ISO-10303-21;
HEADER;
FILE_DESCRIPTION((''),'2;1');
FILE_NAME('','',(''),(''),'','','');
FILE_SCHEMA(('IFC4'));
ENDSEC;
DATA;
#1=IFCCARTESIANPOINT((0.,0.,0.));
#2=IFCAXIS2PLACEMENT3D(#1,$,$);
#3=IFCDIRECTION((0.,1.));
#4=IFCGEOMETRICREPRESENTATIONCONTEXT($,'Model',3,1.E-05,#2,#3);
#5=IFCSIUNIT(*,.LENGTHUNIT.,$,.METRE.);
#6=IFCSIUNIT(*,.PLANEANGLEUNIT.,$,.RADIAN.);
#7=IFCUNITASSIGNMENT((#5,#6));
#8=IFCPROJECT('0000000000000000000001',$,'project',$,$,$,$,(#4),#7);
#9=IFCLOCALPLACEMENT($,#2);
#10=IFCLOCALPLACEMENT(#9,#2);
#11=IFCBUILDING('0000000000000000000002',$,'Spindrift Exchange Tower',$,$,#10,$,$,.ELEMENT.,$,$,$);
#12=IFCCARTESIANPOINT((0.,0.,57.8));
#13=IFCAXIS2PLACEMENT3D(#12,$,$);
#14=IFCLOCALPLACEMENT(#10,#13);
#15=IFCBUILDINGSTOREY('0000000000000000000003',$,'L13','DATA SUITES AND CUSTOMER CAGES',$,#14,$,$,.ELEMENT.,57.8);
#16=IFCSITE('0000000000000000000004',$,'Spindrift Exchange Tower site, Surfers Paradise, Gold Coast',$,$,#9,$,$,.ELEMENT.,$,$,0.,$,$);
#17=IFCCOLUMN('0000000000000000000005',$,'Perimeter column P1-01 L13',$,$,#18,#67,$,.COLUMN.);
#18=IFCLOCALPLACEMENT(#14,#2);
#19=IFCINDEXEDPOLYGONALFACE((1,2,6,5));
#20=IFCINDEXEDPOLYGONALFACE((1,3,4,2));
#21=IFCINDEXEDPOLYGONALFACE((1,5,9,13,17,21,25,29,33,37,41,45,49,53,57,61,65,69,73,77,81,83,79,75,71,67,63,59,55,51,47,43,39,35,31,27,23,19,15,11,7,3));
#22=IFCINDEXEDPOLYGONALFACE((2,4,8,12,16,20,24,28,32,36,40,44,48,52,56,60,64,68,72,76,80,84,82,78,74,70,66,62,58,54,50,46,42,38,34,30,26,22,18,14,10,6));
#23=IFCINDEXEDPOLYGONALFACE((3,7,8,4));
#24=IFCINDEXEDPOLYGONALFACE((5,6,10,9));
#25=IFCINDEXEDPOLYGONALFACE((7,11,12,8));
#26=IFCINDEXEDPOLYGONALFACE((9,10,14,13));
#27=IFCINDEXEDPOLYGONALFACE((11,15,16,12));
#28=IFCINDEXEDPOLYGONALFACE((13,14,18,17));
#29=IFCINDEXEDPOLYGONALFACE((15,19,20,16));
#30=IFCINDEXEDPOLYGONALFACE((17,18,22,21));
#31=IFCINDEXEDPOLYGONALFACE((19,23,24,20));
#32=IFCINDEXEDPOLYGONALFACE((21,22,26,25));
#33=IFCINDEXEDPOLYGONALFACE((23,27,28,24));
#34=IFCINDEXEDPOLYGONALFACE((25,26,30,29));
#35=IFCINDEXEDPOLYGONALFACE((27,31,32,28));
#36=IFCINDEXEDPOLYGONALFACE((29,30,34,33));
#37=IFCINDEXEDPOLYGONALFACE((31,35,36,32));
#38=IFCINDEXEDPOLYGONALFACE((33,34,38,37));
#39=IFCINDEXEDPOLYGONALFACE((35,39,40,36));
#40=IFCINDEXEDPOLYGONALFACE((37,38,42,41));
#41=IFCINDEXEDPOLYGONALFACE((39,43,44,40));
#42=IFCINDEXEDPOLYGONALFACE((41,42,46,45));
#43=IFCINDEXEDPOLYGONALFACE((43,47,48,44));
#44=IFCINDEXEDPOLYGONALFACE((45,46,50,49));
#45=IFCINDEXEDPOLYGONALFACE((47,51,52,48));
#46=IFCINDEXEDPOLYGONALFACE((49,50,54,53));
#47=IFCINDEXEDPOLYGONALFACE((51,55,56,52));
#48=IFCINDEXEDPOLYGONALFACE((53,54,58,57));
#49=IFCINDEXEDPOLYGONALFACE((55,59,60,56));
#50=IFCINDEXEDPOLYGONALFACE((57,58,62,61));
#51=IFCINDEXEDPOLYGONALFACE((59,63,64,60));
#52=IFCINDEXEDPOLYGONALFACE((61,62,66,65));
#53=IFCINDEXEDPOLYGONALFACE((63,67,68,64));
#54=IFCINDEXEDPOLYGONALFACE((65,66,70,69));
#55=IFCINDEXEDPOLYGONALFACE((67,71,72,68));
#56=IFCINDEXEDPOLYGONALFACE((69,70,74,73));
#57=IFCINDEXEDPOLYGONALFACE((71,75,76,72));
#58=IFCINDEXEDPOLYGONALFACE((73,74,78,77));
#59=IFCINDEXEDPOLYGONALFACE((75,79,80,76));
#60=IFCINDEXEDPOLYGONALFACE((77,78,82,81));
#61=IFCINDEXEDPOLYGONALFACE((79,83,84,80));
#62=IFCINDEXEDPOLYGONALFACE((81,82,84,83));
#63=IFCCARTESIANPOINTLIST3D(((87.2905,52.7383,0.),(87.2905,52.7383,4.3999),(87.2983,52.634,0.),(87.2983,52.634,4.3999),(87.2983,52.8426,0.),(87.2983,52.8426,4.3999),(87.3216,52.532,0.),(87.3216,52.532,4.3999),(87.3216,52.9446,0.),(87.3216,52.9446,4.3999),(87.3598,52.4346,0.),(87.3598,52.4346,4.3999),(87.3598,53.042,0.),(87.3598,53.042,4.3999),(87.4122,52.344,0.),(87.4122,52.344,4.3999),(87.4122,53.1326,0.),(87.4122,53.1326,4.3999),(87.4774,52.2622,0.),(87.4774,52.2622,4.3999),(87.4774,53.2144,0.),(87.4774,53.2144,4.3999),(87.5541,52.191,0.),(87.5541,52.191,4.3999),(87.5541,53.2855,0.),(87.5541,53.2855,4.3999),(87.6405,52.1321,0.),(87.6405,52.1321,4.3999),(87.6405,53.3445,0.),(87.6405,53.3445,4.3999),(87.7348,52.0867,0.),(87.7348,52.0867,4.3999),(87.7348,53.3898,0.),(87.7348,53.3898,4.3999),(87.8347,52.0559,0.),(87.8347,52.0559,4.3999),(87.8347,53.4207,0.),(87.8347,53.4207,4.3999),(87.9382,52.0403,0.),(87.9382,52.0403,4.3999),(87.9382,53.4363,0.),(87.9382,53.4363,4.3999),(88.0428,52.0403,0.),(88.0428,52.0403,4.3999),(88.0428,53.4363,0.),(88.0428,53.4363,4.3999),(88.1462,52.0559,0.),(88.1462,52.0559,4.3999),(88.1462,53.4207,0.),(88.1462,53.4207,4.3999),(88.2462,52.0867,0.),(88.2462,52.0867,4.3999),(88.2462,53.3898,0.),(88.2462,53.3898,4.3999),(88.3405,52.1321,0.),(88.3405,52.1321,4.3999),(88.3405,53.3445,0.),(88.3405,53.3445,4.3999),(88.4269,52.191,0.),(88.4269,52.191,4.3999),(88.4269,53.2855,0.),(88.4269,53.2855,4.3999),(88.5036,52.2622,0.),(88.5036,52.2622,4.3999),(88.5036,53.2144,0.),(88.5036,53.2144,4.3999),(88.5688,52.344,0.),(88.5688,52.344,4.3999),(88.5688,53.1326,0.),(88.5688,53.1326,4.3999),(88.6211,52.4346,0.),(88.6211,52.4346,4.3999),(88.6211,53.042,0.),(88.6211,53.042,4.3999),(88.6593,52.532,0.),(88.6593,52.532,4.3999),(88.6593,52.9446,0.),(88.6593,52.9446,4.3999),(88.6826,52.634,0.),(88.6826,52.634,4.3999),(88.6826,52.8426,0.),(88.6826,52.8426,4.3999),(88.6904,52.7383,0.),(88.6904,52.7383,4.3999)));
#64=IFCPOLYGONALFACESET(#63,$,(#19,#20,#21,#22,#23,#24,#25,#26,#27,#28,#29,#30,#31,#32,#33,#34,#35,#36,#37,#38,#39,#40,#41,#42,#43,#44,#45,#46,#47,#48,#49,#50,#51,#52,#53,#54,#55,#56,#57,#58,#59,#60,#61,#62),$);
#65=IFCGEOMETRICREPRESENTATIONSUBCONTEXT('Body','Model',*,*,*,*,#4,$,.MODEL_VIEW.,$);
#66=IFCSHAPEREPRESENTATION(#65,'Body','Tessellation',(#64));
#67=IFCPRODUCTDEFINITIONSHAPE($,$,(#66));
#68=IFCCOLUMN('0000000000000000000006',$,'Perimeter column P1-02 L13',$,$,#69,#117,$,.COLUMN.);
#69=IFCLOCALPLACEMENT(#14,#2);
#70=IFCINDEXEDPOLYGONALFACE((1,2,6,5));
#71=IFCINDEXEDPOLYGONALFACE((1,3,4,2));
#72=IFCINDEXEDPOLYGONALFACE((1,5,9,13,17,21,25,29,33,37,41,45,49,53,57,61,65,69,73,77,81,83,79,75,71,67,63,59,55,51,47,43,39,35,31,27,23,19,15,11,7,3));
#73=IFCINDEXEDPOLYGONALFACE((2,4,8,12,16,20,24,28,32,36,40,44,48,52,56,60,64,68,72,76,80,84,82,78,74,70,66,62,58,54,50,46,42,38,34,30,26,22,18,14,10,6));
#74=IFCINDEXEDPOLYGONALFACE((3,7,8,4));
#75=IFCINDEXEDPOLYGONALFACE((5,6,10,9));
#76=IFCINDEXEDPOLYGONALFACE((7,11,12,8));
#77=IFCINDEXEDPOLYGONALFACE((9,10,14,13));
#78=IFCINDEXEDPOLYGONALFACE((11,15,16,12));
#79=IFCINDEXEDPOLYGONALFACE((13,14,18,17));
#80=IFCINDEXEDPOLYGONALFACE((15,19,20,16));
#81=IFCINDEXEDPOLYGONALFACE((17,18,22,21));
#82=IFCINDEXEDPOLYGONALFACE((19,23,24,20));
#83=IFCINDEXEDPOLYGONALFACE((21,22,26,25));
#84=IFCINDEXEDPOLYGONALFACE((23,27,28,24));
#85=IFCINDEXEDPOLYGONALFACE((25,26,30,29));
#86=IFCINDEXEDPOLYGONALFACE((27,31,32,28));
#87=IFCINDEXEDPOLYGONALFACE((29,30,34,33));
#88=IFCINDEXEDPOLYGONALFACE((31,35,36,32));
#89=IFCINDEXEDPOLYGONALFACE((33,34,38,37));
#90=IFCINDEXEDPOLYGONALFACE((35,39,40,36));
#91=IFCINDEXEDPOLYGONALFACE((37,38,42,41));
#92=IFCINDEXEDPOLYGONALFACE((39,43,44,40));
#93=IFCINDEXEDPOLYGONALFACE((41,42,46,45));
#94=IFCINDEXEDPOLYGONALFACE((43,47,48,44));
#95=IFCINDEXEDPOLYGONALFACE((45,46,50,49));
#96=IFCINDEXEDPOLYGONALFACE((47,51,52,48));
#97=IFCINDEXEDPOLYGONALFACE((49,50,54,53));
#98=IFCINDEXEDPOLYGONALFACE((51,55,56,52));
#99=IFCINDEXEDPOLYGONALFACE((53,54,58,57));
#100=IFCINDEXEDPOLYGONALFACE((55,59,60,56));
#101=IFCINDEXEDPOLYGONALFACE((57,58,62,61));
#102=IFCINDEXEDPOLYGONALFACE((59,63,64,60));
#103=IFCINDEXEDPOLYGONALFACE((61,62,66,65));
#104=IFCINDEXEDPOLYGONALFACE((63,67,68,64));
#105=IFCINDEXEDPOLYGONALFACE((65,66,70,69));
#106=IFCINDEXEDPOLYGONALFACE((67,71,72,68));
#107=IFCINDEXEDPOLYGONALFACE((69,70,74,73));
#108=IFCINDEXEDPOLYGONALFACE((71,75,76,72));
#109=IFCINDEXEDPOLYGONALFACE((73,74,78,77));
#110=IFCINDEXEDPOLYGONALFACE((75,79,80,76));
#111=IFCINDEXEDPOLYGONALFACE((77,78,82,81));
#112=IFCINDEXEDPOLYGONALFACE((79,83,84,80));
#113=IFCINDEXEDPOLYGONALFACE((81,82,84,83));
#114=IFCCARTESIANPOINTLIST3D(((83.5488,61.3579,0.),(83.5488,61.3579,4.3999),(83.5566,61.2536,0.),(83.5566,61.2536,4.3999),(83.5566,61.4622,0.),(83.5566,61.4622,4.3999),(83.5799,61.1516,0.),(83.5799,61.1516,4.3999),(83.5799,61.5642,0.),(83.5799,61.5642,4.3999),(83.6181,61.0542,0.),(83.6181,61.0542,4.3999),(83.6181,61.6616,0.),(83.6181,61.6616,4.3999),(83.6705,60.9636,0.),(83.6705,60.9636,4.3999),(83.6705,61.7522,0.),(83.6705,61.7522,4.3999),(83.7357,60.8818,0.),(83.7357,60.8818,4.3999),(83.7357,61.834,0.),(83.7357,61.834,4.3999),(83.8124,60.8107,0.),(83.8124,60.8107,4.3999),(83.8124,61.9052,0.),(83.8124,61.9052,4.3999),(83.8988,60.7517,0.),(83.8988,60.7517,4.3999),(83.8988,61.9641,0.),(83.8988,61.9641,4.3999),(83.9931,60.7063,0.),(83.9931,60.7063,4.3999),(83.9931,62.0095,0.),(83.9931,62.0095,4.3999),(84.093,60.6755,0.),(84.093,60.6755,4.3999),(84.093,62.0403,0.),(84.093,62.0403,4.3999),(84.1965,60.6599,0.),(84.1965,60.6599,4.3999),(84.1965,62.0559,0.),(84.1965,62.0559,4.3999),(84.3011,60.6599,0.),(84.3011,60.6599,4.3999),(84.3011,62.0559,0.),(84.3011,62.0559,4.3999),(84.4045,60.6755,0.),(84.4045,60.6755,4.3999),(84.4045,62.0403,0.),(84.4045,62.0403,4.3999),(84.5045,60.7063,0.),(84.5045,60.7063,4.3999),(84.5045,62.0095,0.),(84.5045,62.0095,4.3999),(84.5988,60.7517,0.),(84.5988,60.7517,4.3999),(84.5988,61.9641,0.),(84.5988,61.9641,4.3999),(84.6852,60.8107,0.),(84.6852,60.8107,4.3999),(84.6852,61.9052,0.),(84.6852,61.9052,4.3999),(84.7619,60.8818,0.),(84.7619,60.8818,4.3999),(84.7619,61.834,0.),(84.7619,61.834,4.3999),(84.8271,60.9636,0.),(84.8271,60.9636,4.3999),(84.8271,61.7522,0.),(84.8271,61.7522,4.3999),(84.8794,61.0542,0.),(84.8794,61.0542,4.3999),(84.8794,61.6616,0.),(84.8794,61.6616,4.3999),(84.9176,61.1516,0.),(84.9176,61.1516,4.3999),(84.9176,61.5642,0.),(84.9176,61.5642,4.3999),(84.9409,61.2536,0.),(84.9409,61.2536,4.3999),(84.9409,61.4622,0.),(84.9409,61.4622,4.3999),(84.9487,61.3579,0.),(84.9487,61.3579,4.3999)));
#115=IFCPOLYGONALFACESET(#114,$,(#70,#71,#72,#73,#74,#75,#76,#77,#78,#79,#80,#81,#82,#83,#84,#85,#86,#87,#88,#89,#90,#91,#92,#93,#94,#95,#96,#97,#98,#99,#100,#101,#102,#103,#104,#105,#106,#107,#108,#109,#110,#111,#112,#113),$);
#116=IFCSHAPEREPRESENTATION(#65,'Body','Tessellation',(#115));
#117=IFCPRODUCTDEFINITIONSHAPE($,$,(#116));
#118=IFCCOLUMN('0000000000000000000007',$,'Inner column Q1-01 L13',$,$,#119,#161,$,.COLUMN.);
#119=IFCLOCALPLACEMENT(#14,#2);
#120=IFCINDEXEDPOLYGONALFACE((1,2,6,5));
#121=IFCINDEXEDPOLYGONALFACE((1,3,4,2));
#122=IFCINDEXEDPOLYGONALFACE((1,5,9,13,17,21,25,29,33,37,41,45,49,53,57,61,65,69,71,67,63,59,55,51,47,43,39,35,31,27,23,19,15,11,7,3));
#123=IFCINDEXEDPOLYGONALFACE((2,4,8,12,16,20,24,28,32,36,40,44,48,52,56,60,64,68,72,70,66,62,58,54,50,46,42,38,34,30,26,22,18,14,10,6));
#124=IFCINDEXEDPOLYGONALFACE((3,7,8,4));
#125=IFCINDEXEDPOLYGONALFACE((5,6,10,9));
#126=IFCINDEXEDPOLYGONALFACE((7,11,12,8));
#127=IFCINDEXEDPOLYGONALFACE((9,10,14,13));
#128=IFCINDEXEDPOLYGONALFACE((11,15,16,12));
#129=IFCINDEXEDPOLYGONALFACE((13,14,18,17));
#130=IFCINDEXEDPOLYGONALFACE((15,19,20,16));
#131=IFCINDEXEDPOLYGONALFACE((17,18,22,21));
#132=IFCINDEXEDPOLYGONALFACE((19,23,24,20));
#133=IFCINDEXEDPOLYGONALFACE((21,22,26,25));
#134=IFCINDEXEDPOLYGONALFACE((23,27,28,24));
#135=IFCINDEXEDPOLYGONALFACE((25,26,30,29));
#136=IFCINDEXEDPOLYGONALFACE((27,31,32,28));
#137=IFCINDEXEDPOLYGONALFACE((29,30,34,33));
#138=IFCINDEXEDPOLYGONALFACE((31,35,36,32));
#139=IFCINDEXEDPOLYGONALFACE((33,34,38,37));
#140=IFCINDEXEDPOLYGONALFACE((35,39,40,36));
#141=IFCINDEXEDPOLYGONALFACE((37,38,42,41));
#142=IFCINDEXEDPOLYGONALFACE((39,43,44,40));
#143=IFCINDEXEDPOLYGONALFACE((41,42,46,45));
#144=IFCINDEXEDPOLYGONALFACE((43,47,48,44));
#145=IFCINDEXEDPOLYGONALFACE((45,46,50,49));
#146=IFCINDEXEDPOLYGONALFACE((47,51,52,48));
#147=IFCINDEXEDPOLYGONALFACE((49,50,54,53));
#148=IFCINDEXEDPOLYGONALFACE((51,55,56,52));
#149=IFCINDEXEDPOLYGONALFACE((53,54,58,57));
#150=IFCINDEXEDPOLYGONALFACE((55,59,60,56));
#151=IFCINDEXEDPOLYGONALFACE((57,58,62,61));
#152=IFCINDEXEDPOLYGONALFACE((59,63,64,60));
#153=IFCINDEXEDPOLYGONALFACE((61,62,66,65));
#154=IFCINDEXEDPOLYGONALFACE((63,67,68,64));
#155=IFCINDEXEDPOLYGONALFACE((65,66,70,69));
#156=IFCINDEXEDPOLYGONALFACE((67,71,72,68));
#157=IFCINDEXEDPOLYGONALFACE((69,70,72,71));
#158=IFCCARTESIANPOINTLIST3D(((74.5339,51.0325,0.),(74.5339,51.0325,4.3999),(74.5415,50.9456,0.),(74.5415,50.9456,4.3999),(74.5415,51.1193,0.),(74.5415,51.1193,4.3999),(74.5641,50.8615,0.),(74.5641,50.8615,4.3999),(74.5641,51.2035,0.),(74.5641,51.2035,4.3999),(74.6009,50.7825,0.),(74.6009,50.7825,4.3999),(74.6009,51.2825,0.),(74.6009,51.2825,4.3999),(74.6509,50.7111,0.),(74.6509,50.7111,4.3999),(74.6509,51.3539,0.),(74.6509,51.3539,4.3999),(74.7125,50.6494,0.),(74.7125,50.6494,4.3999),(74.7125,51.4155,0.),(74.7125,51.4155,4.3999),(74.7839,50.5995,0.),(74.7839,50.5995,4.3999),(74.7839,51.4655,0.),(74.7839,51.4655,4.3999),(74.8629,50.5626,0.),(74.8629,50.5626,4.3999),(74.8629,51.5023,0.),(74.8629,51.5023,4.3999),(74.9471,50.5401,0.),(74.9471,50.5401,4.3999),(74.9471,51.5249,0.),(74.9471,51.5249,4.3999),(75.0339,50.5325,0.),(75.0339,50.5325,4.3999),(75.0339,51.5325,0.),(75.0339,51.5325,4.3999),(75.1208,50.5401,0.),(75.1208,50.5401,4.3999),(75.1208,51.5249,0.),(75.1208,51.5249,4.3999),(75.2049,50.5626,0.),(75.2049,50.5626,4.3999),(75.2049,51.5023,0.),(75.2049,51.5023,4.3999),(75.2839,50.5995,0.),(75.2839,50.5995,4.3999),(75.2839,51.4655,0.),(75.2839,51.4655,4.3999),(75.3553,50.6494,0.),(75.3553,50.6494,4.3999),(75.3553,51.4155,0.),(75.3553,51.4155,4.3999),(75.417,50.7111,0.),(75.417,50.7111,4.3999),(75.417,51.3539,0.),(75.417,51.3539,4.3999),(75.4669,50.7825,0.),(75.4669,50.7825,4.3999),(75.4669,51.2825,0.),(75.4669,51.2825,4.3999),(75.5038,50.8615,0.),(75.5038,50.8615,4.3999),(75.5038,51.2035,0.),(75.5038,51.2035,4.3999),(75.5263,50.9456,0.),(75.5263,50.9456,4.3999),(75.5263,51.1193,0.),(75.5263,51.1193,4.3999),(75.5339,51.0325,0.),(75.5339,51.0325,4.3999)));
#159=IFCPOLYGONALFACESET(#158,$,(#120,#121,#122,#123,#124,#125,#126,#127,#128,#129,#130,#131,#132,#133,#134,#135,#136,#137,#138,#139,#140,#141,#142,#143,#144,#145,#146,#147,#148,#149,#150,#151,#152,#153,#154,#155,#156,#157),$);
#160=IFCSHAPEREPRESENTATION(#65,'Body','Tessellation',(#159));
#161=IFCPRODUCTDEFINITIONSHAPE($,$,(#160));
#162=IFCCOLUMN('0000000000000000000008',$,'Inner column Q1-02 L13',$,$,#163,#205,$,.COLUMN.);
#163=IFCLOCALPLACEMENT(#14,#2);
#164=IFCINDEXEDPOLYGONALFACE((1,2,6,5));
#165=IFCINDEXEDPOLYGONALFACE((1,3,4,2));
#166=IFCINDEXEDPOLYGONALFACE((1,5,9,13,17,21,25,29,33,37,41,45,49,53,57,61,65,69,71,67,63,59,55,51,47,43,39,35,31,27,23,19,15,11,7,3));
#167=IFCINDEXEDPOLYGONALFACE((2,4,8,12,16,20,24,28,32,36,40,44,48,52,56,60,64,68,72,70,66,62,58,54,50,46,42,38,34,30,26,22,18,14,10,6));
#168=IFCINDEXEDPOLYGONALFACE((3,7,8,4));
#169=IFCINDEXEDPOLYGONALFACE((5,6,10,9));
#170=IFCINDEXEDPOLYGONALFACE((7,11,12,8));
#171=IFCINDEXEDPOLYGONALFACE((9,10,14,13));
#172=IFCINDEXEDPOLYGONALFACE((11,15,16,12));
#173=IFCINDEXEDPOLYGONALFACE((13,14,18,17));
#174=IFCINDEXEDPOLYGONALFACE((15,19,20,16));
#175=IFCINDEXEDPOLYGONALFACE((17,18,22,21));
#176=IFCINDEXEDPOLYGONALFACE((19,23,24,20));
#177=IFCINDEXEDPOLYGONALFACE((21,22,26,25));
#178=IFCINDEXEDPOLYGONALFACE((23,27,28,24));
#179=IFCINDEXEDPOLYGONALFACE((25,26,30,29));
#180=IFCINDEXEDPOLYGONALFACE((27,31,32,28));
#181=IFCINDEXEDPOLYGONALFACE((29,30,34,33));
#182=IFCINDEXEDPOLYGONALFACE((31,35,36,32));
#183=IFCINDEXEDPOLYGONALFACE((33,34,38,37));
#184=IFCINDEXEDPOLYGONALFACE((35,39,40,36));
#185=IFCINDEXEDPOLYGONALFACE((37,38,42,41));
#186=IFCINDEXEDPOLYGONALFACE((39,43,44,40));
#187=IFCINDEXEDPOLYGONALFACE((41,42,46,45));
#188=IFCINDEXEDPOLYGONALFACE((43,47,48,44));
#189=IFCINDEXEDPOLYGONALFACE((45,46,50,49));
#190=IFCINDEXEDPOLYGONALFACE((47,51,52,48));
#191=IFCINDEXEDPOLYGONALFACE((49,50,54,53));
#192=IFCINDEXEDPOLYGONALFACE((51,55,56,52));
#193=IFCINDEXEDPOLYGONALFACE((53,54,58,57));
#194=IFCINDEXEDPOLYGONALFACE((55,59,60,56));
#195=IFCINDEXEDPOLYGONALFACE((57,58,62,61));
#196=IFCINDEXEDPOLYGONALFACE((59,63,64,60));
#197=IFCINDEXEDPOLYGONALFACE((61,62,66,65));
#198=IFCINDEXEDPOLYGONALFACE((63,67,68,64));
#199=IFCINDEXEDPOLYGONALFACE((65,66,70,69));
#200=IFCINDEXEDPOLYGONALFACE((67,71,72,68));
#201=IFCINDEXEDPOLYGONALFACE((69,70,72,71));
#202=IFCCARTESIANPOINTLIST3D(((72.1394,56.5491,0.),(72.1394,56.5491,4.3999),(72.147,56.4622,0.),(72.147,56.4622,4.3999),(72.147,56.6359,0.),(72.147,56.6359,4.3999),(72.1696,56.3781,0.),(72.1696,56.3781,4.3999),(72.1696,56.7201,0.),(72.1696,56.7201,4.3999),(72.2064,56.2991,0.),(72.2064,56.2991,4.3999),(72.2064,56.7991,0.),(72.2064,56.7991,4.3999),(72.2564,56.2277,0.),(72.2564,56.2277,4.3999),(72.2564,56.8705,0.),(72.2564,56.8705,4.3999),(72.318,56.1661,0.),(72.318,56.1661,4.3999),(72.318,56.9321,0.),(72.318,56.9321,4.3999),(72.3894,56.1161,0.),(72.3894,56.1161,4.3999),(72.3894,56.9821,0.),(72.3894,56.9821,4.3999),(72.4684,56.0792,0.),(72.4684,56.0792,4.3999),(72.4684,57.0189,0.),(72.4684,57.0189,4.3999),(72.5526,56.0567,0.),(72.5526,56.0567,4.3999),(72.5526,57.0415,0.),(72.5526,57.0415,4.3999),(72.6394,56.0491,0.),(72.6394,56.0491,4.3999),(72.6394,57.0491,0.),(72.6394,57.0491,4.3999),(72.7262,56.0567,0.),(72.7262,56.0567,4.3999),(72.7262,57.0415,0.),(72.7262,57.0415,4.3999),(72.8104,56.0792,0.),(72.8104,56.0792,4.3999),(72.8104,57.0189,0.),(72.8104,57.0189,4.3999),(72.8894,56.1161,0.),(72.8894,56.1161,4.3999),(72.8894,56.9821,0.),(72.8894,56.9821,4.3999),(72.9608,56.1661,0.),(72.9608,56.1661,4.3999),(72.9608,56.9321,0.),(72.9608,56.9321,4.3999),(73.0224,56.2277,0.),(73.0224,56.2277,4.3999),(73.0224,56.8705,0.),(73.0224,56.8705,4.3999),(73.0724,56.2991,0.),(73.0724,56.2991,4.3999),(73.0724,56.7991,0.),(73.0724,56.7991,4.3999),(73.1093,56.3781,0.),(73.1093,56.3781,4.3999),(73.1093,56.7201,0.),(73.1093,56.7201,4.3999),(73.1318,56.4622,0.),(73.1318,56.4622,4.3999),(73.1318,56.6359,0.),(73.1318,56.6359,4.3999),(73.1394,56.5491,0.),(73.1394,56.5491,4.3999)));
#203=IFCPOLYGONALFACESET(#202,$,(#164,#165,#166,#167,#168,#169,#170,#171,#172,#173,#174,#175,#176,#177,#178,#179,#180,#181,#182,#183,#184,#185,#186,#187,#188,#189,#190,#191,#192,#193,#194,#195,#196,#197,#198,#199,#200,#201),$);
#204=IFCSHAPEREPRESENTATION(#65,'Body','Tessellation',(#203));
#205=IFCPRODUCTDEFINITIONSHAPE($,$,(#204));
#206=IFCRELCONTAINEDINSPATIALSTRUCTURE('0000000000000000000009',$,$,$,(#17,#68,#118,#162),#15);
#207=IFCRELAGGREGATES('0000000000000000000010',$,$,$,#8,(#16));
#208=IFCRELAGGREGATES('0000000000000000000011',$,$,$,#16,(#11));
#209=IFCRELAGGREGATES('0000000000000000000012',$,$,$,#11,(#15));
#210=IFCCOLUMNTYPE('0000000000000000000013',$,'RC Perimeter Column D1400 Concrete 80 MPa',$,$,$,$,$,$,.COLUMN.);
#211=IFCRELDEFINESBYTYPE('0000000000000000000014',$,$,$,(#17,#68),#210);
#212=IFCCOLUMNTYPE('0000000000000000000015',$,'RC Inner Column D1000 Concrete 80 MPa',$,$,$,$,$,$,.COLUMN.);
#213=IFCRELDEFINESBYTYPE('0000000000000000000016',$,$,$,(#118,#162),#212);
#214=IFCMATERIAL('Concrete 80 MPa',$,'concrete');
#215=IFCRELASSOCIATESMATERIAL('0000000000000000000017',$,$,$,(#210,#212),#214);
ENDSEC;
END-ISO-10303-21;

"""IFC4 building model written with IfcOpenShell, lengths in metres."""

from ifc_helpers import new_model, si_unit, direction, frame, origin, origin_2d, place, context, subcontext, project, spatial, circle, extrude, source, transform, mapped, material, material_profile, profile_set, type_object, element, save


model = new_model("IFC4")

# Units and contexts
model_context = context("Model", 3, precision=1e-05, world=origin(), true_north=direction((0.0, 1.0)))
body_context = subcontext(model_context, "Body", "Model", "MODEL_VIEW")
ifc_project = project(units=[si_unit("LENGTHUNIT", "METRE"), si_unit("PLANEANGLEUNIT", "RADIAN")], contexts=[model_context])

# Site, building, storey
site_placement = place(None, origin())
site = spatial("IfcSite", under=ifc_project, at=site_placement, Name="Spindrift Exchange Tower site, Surfers Paradise, Gold Coast", CompositionType="ELEMENT", RefElevation=0.0)
building_placement = place(site_placement, origin())
building = spatial("IfcBuilding", under=site, at=building_placement, Name="Spindrift Exchange Tower", CompositionType="ELEMENT")
storey_placement = place(building_placement, frame((0.0, 0.0, 57.8)))
storey = spatial("IfcBuildingStorey", under=building, at=storey_placement, Name="L13", Description="DATA SUITES AND CUSTOMER CAGES", CompositionType="ELEMENT", Elevation=57.8)

# Columns
ifc_material_1 = material(Name="Concrete 80 MPa", Category="concrete")
ifc_material_profile_1 = material_profile(ifc_material_1, circle(Radius=0.7, at=origin_2d()), Name="RC D1400")
ifc_profile_set_1 = profile_set([ifc_material_profile_1], Name="Concrete 80 MPa")
column_type_1 = type_object("IfcColumnType", Name="RC Perimeter Column D1400 Concrete 80 MPa", PredefinedType="COLUMN", material=ifc_profile_set_1)
shared_shape_1 = source(origin(), body_context, "Body", "SweptSolid", [
    extrude(circle(Radius=0.7, at=origin_2d()), origin(), (0.0, 0.0, 1.0), 4.3999),
])
for number, where, z_axis, x_axis, name in (
    (1, (87.9905, 52.7383, 0.0), (0.0, 0.0, 1.0), (1.0, 0.0, 0.0), "Perimeter column P1-01 L13"),
    (2, (84.2488, 61.3579, 0.0), (0.0, 0.0, 1.0), (1.0, 0.0, 0.0), "Perimeter column P1-02 L13"),
):
    element("IfcColumn", number, at=place(storey_placement, frame(where, z_axis=z_axis, x_axis=x_axis)), inside=storey, type_object=column_type_1, Name=name, PredefinedType="COLUMN", context=body_context, shape_type="MappedRepresentation", body=[
        mapped(shared_shape_1, transform((0.0, 0.0, 0.0), scale=1.0)),
    ])
ifc_material_profile_2 = material_profile(ifc_material_1, circle(Radius=0.5, at=origin_2d()), Name="RC D1000")
ifc_profile_set_2 = profile_set([ifc_material_profile_2], Name="Concrete 80 MPa")
column_type_2 = type_object("IfcColumnType", Name="RC Inner Column D1000 Concrete 80 MPa", PredefinedType="COLUMN", material=ifc_profile_set_2)
shared_shape_2 = source(origin(), body_context, "Body", "SweptSolid", [
    extrude(circle(Radius=0.5, at=origin_2d()), origin(), (0.0, 0.0, 1.0), 4.3999),
])
for number, where, z_axis, x_axis, name in (
    (3, (75.0339, 51.0325, 0.0), (0.0, 0.0, 1.0), (1.0, 0.0, 0.0), "Inner column Q1-01 L13"),
    (4, (72.6394, 56.5491, 0.0), (0.0, 0.0, 1.0), (1.0, 0.0, 0.0), "Inner column Q1-02 L13"),
):
    element("IfcColumn", number, at=place(storey_placement, frame(where, z_axis=z_axis, x_axis=x_axis)), inside=storey, type_object=column_type_2, Name=name, PredefinedType="COLUMN", context=body_context, shape_type="MappedRepresentation", body=[
        mapped(shared_shape_2, transform((0.0, 0.0, 0.0), scale=1.0)),
    ])

save(model, "model.ifc")
